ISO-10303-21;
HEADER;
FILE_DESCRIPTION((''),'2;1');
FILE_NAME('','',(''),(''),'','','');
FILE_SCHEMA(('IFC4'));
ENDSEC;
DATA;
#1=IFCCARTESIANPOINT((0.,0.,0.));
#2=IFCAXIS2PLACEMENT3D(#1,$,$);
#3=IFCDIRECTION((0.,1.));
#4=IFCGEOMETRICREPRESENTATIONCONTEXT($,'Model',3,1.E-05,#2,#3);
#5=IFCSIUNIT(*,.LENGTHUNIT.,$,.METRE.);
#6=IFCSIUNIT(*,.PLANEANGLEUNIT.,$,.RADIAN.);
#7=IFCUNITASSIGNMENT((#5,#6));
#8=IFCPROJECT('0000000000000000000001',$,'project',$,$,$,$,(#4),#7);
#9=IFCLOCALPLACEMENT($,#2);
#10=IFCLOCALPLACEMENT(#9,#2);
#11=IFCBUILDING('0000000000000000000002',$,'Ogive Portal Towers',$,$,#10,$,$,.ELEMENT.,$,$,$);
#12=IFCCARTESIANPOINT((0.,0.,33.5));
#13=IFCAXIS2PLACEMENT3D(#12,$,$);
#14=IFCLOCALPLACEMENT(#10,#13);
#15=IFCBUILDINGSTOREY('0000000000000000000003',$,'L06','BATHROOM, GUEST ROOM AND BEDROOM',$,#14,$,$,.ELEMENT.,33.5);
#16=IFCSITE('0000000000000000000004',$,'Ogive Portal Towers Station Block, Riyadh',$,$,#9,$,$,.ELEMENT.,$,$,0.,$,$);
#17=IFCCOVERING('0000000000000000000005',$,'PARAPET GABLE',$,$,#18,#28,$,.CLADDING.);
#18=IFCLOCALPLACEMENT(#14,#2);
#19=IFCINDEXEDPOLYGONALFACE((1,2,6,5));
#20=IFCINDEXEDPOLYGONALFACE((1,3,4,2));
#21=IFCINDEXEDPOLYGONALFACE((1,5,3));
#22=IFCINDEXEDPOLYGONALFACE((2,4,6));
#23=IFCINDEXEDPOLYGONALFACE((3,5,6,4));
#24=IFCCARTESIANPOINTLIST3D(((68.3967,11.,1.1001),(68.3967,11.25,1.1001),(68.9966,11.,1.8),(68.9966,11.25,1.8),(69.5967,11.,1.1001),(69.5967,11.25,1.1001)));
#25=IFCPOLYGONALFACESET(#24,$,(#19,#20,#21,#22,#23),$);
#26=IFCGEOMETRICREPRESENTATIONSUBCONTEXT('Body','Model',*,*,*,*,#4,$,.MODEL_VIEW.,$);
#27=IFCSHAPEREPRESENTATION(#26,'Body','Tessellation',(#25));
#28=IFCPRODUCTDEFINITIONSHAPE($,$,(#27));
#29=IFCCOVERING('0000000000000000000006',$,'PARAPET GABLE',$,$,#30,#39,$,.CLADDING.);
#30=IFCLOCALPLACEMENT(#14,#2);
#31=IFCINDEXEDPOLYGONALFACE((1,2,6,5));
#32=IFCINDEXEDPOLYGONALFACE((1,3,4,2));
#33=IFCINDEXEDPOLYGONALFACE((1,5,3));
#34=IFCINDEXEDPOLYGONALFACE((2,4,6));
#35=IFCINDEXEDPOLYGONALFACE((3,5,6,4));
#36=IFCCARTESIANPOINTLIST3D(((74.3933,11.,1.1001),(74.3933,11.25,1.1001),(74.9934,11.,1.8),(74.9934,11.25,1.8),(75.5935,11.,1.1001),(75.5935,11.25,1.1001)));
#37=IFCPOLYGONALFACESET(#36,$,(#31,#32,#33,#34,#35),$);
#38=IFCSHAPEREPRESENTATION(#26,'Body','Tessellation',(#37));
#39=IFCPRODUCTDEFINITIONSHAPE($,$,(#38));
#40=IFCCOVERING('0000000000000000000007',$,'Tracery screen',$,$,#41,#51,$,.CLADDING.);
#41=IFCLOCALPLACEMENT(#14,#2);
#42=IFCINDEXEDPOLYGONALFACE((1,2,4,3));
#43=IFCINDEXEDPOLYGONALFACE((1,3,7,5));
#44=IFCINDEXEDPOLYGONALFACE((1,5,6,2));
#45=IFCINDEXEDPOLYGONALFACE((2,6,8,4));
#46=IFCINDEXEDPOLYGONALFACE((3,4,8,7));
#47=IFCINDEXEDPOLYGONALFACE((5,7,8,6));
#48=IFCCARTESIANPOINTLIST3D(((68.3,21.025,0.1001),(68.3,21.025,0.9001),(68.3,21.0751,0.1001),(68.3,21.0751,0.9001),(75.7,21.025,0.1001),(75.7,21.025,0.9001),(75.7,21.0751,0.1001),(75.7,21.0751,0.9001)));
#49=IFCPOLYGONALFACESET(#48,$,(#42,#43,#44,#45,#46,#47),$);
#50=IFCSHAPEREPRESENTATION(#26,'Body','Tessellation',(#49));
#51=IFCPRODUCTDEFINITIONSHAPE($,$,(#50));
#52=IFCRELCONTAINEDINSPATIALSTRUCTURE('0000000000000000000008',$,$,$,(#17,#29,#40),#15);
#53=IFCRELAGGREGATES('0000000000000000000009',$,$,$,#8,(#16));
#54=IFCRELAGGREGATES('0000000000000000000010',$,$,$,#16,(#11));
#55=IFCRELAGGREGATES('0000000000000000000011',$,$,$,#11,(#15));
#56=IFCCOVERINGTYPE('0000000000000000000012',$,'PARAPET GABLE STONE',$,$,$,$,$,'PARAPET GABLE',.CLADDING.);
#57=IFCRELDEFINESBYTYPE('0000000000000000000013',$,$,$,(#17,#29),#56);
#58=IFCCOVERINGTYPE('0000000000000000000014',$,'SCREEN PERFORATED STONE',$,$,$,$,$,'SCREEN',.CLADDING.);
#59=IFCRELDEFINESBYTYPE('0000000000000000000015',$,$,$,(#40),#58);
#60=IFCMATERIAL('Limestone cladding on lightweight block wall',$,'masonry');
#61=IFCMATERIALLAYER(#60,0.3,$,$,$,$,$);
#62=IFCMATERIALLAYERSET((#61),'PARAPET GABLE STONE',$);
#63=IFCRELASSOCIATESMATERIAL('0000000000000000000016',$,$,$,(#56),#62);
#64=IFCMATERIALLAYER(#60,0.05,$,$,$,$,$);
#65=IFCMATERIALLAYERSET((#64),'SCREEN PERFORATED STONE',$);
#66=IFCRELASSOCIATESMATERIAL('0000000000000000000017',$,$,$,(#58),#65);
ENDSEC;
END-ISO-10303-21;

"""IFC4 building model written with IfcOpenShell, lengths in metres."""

from ifc_helpers import new_model, si_unit, direction, frame, origin, origin_2d, place, context, subcontext, project, spatial, polyline, rectangle, outline, extrude, material, layer, layer_set, type_object, element, save


model = new_model("IFC4")

# Units and contexts
model_context = context("Model", 3, precision=1e-05, world=origin(), true_north=direction((0.0, 1.0)))
body_context = subcontext(model_context, "Body", "Model", "MODEL_VIEW")
ifc_project = project(units=[si_unit("LENGTHUNIT", "METRE"), si_unit("PLANEANGLEUNIT", "RADIAN")], contexts=[model_context])

# Site, building, storey
site_placement = place(None, origin())
site = spatial("IfcSite", under=ifc_project, at=site_placement, Name="Ogive Portal Towers Station Block, Riyadh", CompositionType="ELEMENT", RefElevation=0.0)
building_placement = place(site_placement, origin())
building = spatial("IfcBuilding", under=site, at=building_placement, Name="Ogive Portal Towers", CompositionType="ELEMENT")
storey_placement = place(building_placement, frame((0.0, 0.0, 33.5)))
storey = spatial("IfcBuildingStorey", under=building, at=storey_placement, Name="L06", Description="BATHROOM, GUEST ROOM AND BEDROOM", CompositionType="ELEMENT", Elevation=33.5)

# Shared definitions
ifc_material_1 = material(Name="Limestone cladding on lightweight block wall", Category="masonry")

# Coverings
ifc_layer_1 = layer(ifc_material_1, 0.3)
ifc_layer_set_1 = layer_set([ifc_layer_1], Name="PARAPET GABLE STONE")
covering_type_1 = type_object("IfcCoveringType", Name="PARAPET GABLE STONE", ElementType="PARAPET GABLE", PredefinedType="CLADDING", material=ifc_layer_set_1)
covering_1_placement = place(storey_placement, frame((68.3967, 11.0, 1.1001), z_axis=(0.0, -1.0, 0.0), x_axis=(1.0, 0.0, 0.0)))
element("IfcCovering", 1, at=covering_1_placement, inside=storey, type_object=covering_type_1, Name="PARAPET GABLE", PredefinedType="CLADDING", context=body_context, shape_type="SweptSolid", body=[
    extrude(outline(polyline([(0.0, 0.0), (1.2, 0.0), (0.5999, 0.7), (0.0, 0.0)])), origin(), (0.0, 0.0, -1.0), 0.25),
])
covering_2_placement = place(storey_placement, frame((74.3933, 11.0, 1.1001), z_axis=(0.0, -1.0, 0.0), x_axis=(1.0, 0.0, 0.0)))
element("IfcCovering", 2, at=covering_2_placement, inside=storey, type_object=covering_type_1, Name="PARAPET GABLE", PredefinedType="CLADDING", context=body_context, shape_type="SweptSolid", body=[
    extrude(outline(polyline([(0.0, 0.0), (1.2002, 0.0), (0.6001, 0.7), (0.0, 0.0)])), origin(), (0.0, 0.0, -1.0), 0.25),
])
ifc_layer_2 = layer(ifc_material_1, 0.05)
ifc_layer_set_2 = layer_set([ifc_layer_2], Name="SCREEN PERFORATED STONE")
covering_type_2 = type_object("IfcCoveringType", Name="SCREEN PERFORATED STONE", ElementType="SCREEN", PredefinedType="CLADDING", material=ifc_layer_set_2)
covering_3_placement = place(storey_placement, frame((72.0, 21.05, 0.1001), z_axis=(0.0, 0.0, 1.0), x_axis=(1.0, 0.0, 0.0)))
element("IfcCovering", 3, at=covering_3_placement, inside=storey, type_object=covering_type_2, Name="Tracery screen", PredefinedType="CLADDING", context=body_context, shape_type="SweptSolid", body=[
    extrude(rectangle(XDim=7.3999, YDim=0.05, at=origin_2d()), origin(), (0.0, 0.0, 1.0), 0.8),
])

save(model, "model.ifc")
